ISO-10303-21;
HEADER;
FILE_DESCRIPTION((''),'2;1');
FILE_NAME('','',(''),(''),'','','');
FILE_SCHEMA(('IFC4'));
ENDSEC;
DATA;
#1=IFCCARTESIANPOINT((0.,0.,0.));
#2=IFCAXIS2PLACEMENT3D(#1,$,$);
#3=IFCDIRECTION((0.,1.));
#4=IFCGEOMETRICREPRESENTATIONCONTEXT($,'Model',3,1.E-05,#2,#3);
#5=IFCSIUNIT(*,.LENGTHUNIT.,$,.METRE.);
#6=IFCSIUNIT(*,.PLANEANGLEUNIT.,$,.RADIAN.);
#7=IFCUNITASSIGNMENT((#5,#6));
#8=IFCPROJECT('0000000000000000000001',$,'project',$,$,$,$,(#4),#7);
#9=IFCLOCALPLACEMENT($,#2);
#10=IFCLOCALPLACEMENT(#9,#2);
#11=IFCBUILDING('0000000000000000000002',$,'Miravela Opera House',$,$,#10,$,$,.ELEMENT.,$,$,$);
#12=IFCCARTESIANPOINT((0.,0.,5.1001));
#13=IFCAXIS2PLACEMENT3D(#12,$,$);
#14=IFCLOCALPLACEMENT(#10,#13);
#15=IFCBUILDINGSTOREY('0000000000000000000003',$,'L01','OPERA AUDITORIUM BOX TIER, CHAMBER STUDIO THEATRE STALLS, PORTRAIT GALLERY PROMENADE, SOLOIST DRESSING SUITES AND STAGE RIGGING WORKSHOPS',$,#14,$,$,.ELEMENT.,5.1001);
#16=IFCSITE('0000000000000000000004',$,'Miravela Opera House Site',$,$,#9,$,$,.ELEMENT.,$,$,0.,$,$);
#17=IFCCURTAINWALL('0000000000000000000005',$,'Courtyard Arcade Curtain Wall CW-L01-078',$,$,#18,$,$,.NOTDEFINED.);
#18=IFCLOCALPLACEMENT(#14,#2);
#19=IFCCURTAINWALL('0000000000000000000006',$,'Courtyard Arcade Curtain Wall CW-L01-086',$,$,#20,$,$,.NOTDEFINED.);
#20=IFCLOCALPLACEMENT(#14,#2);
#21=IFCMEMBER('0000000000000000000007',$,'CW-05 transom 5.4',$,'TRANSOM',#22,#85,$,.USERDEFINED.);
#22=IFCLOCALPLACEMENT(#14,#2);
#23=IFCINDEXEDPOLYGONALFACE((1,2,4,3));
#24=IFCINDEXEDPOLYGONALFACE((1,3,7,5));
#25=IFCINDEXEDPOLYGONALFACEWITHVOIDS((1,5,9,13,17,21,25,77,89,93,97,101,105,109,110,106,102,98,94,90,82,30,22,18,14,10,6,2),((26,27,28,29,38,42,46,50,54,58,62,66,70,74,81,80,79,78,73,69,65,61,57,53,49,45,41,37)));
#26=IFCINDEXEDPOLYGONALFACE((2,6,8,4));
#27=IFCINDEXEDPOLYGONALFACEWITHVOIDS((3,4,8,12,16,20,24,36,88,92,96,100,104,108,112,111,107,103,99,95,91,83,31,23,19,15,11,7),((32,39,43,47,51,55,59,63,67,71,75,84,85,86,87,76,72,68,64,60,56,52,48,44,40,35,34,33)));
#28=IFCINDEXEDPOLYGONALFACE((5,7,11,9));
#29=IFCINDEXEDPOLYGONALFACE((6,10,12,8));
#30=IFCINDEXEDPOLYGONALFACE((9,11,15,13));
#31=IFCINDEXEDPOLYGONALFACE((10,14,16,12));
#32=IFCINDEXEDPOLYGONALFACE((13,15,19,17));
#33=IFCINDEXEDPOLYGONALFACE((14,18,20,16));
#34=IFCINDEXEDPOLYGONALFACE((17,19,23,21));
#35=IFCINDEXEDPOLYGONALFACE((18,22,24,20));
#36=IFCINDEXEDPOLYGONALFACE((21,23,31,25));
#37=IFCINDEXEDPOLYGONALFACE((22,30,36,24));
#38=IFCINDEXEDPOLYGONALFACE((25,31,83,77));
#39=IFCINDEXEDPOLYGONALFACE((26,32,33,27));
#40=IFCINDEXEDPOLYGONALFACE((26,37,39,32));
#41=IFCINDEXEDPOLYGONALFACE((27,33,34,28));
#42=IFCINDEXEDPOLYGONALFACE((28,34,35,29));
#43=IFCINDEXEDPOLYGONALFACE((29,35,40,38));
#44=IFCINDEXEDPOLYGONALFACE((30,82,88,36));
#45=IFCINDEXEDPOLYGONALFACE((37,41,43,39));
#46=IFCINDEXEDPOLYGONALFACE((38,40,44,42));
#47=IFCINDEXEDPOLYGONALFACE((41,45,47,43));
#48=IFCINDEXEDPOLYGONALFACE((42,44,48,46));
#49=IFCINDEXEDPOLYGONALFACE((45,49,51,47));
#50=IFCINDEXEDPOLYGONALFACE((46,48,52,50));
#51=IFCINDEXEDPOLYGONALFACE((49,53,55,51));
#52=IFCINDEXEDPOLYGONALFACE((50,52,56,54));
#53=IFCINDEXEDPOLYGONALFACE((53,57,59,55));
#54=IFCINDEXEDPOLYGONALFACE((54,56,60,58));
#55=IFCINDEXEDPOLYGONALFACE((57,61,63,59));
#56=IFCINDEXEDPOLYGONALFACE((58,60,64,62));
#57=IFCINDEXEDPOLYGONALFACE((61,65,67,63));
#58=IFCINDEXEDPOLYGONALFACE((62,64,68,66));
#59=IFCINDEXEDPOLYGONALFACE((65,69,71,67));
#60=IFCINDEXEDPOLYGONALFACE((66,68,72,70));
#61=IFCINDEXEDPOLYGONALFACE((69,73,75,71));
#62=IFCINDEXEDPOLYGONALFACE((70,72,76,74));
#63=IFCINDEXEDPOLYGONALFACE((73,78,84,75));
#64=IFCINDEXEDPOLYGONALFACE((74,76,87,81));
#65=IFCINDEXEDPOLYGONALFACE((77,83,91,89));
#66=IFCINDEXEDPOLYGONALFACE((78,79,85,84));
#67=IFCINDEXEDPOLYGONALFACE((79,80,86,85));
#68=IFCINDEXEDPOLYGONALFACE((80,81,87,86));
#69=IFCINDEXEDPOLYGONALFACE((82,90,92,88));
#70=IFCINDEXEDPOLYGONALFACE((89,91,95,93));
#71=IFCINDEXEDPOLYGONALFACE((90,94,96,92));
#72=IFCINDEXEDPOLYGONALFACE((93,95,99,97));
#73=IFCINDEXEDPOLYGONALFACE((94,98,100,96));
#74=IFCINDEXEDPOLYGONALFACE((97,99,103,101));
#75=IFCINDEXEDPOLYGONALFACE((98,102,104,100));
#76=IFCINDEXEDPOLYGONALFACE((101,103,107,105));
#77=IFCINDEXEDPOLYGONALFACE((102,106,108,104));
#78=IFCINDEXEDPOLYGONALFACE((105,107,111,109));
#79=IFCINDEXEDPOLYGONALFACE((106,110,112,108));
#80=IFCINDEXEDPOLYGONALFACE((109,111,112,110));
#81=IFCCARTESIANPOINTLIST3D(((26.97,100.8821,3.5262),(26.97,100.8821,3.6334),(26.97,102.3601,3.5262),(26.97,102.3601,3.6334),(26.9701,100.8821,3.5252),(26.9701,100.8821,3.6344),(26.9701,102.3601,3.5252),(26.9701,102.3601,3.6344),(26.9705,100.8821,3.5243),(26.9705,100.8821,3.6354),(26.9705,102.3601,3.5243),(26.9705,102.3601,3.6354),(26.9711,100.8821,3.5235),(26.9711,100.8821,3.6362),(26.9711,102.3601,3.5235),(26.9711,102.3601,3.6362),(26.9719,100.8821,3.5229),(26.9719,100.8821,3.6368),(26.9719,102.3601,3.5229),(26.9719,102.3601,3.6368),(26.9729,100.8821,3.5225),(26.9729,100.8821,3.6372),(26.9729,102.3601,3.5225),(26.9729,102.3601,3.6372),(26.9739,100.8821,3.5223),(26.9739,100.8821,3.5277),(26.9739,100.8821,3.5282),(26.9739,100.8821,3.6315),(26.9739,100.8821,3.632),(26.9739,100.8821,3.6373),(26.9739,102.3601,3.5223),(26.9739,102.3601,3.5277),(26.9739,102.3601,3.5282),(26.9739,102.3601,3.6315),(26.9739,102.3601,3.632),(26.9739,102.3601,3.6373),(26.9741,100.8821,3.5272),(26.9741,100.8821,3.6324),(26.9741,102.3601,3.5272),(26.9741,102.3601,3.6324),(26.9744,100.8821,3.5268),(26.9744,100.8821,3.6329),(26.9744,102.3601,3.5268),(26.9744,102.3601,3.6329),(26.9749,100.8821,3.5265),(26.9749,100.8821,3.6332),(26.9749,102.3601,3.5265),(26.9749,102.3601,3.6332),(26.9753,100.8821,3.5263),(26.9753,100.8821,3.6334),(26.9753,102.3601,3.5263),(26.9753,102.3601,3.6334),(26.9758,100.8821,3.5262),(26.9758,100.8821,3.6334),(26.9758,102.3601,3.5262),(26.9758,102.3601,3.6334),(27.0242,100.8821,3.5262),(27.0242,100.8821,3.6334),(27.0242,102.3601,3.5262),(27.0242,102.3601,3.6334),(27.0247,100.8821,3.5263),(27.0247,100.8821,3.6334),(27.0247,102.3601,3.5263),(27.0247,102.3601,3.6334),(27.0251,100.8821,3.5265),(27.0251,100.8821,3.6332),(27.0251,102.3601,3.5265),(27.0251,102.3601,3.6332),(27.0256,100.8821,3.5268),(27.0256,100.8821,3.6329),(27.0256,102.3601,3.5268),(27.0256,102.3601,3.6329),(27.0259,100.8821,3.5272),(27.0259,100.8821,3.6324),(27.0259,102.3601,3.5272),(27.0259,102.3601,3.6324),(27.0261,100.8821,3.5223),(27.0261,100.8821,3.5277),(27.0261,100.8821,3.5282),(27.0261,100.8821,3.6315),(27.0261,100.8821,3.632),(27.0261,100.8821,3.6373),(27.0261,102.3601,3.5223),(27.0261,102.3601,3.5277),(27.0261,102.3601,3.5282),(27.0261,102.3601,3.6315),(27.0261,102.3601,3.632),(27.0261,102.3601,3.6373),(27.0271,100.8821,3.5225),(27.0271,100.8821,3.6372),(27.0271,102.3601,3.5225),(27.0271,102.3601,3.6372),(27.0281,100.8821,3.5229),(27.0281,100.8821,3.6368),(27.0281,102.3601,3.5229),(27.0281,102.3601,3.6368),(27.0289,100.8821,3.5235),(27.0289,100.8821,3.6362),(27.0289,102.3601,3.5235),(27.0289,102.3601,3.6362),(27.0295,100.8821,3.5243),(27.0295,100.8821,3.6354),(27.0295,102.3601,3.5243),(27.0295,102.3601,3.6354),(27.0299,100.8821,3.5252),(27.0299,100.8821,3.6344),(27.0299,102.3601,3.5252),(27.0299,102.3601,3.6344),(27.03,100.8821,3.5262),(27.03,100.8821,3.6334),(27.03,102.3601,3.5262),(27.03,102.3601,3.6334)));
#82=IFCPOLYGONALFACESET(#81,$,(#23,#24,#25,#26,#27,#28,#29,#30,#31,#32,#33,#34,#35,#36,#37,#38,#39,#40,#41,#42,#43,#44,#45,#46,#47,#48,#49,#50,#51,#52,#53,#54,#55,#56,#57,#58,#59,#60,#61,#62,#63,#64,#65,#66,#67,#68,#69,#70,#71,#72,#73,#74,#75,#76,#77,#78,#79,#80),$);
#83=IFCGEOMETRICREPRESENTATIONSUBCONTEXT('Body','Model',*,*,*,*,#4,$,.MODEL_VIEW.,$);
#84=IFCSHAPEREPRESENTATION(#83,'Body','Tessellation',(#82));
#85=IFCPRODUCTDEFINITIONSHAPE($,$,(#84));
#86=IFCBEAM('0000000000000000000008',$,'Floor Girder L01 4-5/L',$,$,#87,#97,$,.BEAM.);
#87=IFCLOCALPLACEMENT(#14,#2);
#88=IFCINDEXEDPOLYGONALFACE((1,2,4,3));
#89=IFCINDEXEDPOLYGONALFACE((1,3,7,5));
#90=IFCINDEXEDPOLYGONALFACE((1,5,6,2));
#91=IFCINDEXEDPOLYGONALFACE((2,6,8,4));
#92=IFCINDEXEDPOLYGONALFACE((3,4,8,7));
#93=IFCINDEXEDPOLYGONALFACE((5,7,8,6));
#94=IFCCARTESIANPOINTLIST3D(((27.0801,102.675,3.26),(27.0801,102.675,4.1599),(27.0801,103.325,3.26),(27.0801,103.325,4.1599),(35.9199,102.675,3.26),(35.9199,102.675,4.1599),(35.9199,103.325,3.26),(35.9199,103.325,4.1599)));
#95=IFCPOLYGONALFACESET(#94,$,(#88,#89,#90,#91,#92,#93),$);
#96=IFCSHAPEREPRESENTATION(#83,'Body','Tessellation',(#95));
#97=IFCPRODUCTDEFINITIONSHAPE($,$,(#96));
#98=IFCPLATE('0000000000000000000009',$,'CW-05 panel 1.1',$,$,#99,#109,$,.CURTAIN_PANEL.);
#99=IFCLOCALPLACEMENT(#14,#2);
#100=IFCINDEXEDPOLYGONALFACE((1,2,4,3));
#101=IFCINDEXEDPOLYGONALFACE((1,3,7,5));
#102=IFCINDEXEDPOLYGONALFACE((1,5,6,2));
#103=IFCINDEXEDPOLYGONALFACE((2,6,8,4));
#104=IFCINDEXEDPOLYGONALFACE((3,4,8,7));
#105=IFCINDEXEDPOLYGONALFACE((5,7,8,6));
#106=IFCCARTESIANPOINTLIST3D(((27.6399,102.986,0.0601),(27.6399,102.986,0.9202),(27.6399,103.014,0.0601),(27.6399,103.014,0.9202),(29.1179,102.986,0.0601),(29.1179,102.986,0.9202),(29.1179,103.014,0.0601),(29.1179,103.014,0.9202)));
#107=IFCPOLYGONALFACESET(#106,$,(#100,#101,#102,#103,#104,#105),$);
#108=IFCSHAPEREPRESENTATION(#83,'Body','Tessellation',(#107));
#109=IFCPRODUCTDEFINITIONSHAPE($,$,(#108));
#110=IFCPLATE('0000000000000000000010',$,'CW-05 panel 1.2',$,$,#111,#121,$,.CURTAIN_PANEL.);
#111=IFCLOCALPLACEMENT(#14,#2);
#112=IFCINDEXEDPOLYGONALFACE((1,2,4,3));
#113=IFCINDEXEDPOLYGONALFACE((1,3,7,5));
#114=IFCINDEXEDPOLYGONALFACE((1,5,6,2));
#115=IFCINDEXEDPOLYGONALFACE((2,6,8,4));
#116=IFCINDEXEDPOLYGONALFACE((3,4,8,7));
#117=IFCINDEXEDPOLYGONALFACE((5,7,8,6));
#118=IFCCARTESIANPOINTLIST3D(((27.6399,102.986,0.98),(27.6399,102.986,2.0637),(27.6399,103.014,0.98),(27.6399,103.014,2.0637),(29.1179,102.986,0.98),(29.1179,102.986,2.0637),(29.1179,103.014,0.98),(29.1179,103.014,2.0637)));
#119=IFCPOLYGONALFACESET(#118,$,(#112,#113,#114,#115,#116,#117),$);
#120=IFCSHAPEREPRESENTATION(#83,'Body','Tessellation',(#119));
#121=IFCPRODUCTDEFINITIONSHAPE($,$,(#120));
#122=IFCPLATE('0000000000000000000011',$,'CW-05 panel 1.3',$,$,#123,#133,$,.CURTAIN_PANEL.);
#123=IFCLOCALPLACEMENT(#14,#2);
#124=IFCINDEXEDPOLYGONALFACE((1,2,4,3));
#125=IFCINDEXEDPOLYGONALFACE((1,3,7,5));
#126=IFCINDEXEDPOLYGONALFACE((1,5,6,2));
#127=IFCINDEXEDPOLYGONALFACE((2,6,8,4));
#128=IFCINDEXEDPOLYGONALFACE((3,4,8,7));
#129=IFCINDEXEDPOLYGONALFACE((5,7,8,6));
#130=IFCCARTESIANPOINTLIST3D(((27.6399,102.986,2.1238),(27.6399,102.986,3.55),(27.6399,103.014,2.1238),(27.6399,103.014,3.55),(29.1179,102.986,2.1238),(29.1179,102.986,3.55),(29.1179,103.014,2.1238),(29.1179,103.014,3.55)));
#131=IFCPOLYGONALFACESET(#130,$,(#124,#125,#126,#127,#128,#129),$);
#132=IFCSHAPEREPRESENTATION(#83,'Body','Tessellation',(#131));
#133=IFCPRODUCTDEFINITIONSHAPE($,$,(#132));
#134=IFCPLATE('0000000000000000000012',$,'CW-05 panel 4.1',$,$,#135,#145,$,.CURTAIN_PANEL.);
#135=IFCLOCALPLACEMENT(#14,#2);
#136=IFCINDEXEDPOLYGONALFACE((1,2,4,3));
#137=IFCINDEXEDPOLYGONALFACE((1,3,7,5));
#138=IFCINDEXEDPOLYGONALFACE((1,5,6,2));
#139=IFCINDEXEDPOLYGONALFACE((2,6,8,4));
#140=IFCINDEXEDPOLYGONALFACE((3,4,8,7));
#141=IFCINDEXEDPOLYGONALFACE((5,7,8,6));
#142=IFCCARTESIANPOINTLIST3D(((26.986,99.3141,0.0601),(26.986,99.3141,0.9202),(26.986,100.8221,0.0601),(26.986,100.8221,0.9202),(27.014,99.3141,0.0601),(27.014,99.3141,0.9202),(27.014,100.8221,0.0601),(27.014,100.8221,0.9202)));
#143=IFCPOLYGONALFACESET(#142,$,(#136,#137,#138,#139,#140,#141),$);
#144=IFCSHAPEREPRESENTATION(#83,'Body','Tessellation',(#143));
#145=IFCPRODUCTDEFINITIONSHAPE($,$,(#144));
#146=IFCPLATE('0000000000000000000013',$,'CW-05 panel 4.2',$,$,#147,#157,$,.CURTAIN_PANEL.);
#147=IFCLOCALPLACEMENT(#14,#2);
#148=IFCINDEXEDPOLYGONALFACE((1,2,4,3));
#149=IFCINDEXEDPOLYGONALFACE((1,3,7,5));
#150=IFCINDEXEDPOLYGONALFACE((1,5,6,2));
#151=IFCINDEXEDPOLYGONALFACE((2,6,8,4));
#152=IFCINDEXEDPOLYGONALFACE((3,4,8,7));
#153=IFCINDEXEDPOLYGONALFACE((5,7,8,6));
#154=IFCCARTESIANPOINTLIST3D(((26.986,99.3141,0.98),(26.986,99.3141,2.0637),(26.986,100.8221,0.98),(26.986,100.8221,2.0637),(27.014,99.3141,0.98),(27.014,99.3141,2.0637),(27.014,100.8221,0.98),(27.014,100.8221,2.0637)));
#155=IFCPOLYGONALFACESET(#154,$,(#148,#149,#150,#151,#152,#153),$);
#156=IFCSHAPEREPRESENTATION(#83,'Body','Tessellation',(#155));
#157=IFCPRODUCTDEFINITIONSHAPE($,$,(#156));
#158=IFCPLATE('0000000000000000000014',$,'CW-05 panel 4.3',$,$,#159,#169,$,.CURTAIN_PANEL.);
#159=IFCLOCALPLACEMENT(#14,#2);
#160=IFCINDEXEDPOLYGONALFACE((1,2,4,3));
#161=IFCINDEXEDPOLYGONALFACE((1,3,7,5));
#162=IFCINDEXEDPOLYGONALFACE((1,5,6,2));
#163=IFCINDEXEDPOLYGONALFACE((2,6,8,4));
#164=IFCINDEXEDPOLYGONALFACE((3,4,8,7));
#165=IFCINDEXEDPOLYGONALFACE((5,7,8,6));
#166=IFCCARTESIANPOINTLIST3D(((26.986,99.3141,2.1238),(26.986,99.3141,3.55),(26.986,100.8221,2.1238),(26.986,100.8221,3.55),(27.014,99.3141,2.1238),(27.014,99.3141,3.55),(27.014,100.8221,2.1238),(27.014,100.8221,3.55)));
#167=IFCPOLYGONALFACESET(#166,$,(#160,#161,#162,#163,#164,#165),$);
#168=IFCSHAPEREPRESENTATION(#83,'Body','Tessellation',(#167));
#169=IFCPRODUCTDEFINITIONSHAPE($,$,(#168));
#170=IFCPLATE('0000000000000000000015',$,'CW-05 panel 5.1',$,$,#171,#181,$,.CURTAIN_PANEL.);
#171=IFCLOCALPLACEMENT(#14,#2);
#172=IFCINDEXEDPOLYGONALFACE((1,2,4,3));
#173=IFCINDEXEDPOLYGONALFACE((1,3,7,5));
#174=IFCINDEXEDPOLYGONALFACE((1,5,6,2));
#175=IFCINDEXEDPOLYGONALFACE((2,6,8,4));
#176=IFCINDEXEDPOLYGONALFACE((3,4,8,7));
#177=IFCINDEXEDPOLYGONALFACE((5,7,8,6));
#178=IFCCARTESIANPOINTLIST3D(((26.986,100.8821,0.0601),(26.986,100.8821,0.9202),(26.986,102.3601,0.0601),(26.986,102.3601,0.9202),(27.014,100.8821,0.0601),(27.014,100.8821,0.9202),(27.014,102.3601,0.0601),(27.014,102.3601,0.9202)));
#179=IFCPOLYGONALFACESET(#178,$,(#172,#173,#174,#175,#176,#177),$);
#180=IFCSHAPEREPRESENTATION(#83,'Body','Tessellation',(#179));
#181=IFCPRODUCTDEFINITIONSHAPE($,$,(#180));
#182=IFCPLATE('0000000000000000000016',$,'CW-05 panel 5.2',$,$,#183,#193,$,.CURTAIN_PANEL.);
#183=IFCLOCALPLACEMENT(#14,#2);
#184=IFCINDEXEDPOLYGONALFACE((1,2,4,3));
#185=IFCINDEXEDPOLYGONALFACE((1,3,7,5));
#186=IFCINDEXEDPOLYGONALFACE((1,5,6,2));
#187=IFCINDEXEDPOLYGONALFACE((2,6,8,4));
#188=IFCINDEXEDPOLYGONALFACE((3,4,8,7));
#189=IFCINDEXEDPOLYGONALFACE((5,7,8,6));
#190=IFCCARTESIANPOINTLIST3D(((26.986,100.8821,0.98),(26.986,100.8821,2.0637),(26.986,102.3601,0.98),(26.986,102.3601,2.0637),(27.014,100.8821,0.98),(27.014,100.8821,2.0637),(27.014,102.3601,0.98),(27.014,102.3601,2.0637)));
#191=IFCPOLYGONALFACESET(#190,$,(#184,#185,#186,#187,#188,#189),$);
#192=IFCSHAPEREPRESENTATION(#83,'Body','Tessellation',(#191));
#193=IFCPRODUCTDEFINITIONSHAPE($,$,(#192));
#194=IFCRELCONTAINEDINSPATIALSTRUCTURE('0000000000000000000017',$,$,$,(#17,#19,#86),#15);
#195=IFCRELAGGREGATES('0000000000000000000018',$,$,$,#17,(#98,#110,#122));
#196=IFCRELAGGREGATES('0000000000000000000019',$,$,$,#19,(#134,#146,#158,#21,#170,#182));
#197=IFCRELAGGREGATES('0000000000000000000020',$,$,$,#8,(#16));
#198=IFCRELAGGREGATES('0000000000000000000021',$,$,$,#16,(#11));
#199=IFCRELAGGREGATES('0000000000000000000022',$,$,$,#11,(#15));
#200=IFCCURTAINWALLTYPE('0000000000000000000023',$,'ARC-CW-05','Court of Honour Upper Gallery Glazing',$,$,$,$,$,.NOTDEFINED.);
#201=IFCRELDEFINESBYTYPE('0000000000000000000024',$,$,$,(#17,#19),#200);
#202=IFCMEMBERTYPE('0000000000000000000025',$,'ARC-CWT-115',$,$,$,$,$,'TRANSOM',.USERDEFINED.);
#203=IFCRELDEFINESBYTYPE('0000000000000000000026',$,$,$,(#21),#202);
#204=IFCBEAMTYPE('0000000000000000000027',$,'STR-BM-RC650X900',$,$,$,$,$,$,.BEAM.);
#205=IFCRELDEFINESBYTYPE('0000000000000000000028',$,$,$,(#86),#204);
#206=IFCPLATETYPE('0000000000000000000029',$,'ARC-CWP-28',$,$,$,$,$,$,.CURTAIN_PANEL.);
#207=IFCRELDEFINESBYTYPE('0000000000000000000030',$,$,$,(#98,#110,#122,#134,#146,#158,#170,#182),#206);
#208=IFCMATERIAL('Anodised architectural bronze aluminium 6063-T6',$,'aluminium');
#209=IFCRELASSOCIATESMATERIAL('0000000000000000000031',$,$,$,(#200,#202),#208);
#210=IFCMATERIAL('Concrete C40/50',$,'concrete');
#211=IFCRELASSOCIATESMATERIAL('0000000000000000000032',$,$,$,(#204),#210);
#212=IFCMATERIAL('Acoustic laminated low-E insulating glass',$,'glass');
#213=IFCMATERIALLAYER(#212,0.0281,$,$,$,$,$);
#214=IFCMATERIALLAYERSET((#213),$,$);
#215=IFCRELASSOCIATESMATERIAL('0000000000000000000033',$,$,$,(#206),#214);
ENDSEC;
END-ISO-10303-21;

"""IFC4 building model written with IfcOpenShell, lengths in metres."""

from ifc_helpers import new_model, si_unit, direction, frame, origin, origin_2d, place, context, subcontext, project, spatial, rectangle, hollow_rectangle, extrude, material, layer, layer_set, material_profile, profile_set, type_object, element, aggregate, save


model = new_model("IFC4")

# Units and contexts
model_context = context("Model", 3, precision=1e-05, world=origin(), true_north=direction((0.0, 1.0)))
body_context = subcontext(model_context, "Body", "Model", "MODEL_VIEW")
ifc_project = project(units=[si_unit("LENGTHUNIT", "METRE"), si_unit("PLANEANGLEUNIT", "RADIAN")], contexts=[model_context])

# Site, building, storey
site_placement = place(None, origin())
site = spatial("IfcSite", under=ifc_project, at=site_placement, Name="Miravela Opera House Site", CompositionType="ELEMENT", RefElevation=0.0)
building_placement = place(site_placement, origin())
building = spatial("IfcBuilding", under=site, at=building_placement, Name="Miravela Opera House", CompositionType="ELEMENT")
storey_placement = place(building_placement, frame((0.0, 0.0, 5.1001)))
storey = spatial("IfcBuildingStorey", under=building, at=storey_placement, Name="L01", Description="OPERA AUDITORIUM BOX TIER, CHAMBER STUDIO THEATRE STALLS, PORTRAIT GALLERY PROMENADE, SOLOIST DRESSING SUITES AND STAGE RIGGING WORKSHOPS", CompositionType="ELEMENT", Elevation=5.1001)

# Curtain wall
ifc_material_1 = material(Name="Anodised architectural bronze aluminium 6063-T6", Category="aluminium")
curtain_wall_type = type_object("IfcCurtainWallType", Name="ARC-CW-05", Description="Court of Honour Upper Gallery Glazing", PredefinedType="NOTDEFINED", material=ifc_material_1)
curtain_wall_1_placement = place(storey_placement, origin())
curtain_wall_1 = element("IfcCurtainWall", 1, at=curtain_wall_1_placement, inside=storey, type_object=curtain_wall_type, Name="Courtyard Arcade Curtain Wall CW-L01-078", PredefinedType="NOTDEFINED")

# Curtain wall
curtain_wall_2_placement = place(storey_placement, origin())
curtain_wall_2 = element("IfcCurtainWall", 2, at=curtain_wall_2_placement, inside=storey, type_object=curtain_wall_type, Name="Courtyard Arcade Curtain Wall CW-L01-086", PredefinedType="NOTDEFINED")

# Member
ifc_material_profile_1 = material_profile(ifc_material_1, hollow_rectangle(XDim=0.0601, YDim=0.115, WallThickness=0.0039, InnerFilletRadius=0.002, OuterFilletRadius=0.0039, at=origin_2d()), Name="CWT-60X115")
ifc_profile_set_1 = profile_set([ifc_material_profile_1])
member_type_1 = type_object("IfcMemberType", Name="ARC-CWT-115", ElementType="TRANSOM", PredefinedType="USERDEFINED", material=ifc_profile_set_1)
member_1_placement = place(storey_placement, frame((27.0, 100.8821, 3.5798), z_axis=(0.0, 1.0, 0.0), x_axis=(-1.0, 0.0, 0.0)))
member_1 = element("IfcMember", 3, at=member_1_placement, type_object=member_type_1, Name="CW-05 transom 5.4", ObjectType="TRANSOM", PredefinedType="USERDEFINED", context=body_context, shape_type="SweptSolid", body=[
    extrude(hollow_rectangle(XDim=0.0601, YDim=0.115, WallThickness=0.0039, InnerFilletRadius=0.002, OuterFilletRadius=0.0039, at=origin_2d()), origin(), (0.0, 0.0, 1.0), 1.478),
])

# Beam
ifc_material_2 = material(Name="Concrete C40/50", Category="concrete")
ifc_material_profile_2 = material_profile(ifc_material_2, rectangle(XDim=0.6499, YDim=0.8999, at=origin_2d()), Name="RC-BM-650X900")
ifc_profile_set_2 = profile_set([ifc_material_profile_2])
beam_type = type_object("IfcBeamType", Name="STR-BM-RC650X900", PredefinedType="BEAM", material=ifc_profile_set_2)
beam_placement = place(storey_placement, frame((27.0801, 103.0, 3.71), z_axis=(1.0, 0.0, 0.0), x_axis=(0.0, 1.0, 0.0)))
element("IfcBeam", 4, at=beam_placement, inside=storey, type_object=beam_type, Name="Floor Girder L01 4-5/L", PredefinedType="BEAM", context=body_context, shape_type="SweptSolid", body=[
    extrude(rectangle(XDim=0.6499, YDim=0.8999, at=origin_2d()), origin(), (0.0, 0.0, 1.0), 8.8398),
])

# Plates
ifc_material_3 = material(Name="Acoustic laminated low-E insulating glass", Category="glass")
ifc_layer = layer(ifc_material_3, 0.0281)
ifc_layer_set = layer_set([ifc_layer])
plate_type = type_object("IfcPlateType", Name="ARC-CWP-28", PredefinedType="CURTAIN_PANEL", material=ifc_layer_set)
plate_1_placement = place(storey_placement, frame((28.3789, 103.0, 0.0601), z_axis=(0.0, 0.0, 1.0), x_axis=(1.0, 0.0, 0.0)))
plate_1 = element("IfcPlate", 5, at=plate_1_placement, type_object=plate_type, Name="CW-05 panel 1.1", PredefinedType="CURTAIN_PANEL", context=body_context, shape_type="SweptSolid", body=[
    extrude(rectangle(XDim=1.478, YDim=0.0281, at=origin_2d()), origin(), (0.0, 0.0, 1.0), 0.8601),
])
plate_2_placement = place(storey_placement, frame((28.3789, 103.0, 0.98), z_axis=(0.0, 0.0, 1.0), x_axis=(1.0, 0.0, 0.0)))
plate_2 = element("IfcPlate", 6, at=plate_2_placement, type_object=plate_type, Name="CW-05 panel 1.2", PredefinedType="CURTAIN_PANEL", context=body_context, shape_type="SweptSolid", body=[
    extrude(rectangle(XDim=1.478, YDim=0.0281, at=origin_2d()), origin(), (0.0, 0.0, 1.0), 1.0837),
])
plate_3_placement = place(storey_placement, frame((28.3789, 103.0, 2.1238), z_axis=(0.0, 0.0, 1.0), x_axis=(1.0, 0.0, 0.0)))
plate_3 = element("IfcPlate", 7, at=plate_3_placement, type_object=plate_type, Name="CW-05 panel 1.3", PredefinedType="CURTAIN_PANEL", context=body_context, shape_type="SweptSolid", body=[
    extrude(rectangle(XDim=1.478, YDim=0.0281, at=origin_2d()), origin(), (0.0, 0.0, 1.0), 1.4263),
])
aggregate(curtain_wall_1, [plate_1, plate_2, plate_3])
plate_4_placement = place(storey_placement, frame((27.0, 100.0681, 0.0601), z_axis=(0.0, 0.0, 1.0), x_axis=(0.0, 1.0, 0.0)))
plate_4 = element("IfcPlate", 8, at=plate_4_placement, type_object=plate_type, Name="CW-05 panel 4.1", PredefinedType="CURTAIN_PANEL", context=body_context, shape_type="SweptSolid", body=[
    extrude(rectangle(XDim=1.5081, YDim=0.0281, at=origin_2d()), origin(), (0.0, 0.0, 1.0), 0.8601),
])
plate_5_placement = place(storey_placement, frame((27.0, 100.0681, 0.98), z_axis=(0.0, 0.0, 1.0), x_axis=(0.0, 1.0, 0.0)))
plate_5 = element("IfcPlate", 9, at=plate_5_placement, type_object=plate_type, Name="CW-05 panel 4.2", PredefinedType="CURTAIN_PANEL", context=body_context, shape_type="SweptSolid", body=[
    extrude(rectangle(XDim=1.5081, YDim=0.0281, at=origin_2d()), origin(), (0.0, 0.0, 1.0), 1.0837),
])
plate_6_placement = place(storey_placement, frame((27.0, 100.0681, 2.1238), z_axis=(0.0, 0.0, 1.0), x_axis=(0.0, 1.0, 0.0)))
plate_6 = element("IfcPlate", 10, at=plate_6_placement, type_object=plate_type, Name="CW-05 panel 4.3", PredefinedType="CURTAIN_PANEL", context=body_context, shape_type="SweptSolid", body=[
    extrude(rectangle(XDim=1.5081, YDim=0.0281, at=origin_2d()), origin(), (0.0, 0.0, 1.0), 1.4263),
])
plate_7_placement = place(storey_placement, frame((27.0, 101.6211, 0.0601), z_axis=(0.0, 0.0, 1.0), x_axis=(0.0, 1.0, 0.0)))
plate_7 = element("IfcPlate", 11, at=plate_7_placement, type_object=plate_type, Name="CW-05 panel 5.1", PredefinedType="CURTAIN_PANEL", context=body_context, shape_type="SweptSolid", body=[
    extrude(rectangle(XDim=1.478, YDim=0.0281, at=origin_2d()), origin(), (0.0, 0.0, 1.0), 0.8601),
])
plate_8_placement = place(storey_placement, frame((27.0, 101.6211, 0.98), z_axis=(0.0, 0.0, 1.0), x_axis=(0.0, 1.0, 0.0)))
plate_8 = element("IfcPlate", 12, at=plate_8_placement, type_object=plate_type, Name="CW-05 panel 5.2", PredefinedType="CURTAIN_PANEL", context=body_context, shape_type="SweptSolid", body=[
    extrude(rectangle(XDim=1.478, YDim=0.0281, at=origin_2d()), origin(), (0.0, 0.0, 1.0), 1.0837),
])
aggregate(curtain_wall_2, [plate_4, plate_5, plate_6, member_1, plate_7, plate_8])

save(model, "model.ifc")
